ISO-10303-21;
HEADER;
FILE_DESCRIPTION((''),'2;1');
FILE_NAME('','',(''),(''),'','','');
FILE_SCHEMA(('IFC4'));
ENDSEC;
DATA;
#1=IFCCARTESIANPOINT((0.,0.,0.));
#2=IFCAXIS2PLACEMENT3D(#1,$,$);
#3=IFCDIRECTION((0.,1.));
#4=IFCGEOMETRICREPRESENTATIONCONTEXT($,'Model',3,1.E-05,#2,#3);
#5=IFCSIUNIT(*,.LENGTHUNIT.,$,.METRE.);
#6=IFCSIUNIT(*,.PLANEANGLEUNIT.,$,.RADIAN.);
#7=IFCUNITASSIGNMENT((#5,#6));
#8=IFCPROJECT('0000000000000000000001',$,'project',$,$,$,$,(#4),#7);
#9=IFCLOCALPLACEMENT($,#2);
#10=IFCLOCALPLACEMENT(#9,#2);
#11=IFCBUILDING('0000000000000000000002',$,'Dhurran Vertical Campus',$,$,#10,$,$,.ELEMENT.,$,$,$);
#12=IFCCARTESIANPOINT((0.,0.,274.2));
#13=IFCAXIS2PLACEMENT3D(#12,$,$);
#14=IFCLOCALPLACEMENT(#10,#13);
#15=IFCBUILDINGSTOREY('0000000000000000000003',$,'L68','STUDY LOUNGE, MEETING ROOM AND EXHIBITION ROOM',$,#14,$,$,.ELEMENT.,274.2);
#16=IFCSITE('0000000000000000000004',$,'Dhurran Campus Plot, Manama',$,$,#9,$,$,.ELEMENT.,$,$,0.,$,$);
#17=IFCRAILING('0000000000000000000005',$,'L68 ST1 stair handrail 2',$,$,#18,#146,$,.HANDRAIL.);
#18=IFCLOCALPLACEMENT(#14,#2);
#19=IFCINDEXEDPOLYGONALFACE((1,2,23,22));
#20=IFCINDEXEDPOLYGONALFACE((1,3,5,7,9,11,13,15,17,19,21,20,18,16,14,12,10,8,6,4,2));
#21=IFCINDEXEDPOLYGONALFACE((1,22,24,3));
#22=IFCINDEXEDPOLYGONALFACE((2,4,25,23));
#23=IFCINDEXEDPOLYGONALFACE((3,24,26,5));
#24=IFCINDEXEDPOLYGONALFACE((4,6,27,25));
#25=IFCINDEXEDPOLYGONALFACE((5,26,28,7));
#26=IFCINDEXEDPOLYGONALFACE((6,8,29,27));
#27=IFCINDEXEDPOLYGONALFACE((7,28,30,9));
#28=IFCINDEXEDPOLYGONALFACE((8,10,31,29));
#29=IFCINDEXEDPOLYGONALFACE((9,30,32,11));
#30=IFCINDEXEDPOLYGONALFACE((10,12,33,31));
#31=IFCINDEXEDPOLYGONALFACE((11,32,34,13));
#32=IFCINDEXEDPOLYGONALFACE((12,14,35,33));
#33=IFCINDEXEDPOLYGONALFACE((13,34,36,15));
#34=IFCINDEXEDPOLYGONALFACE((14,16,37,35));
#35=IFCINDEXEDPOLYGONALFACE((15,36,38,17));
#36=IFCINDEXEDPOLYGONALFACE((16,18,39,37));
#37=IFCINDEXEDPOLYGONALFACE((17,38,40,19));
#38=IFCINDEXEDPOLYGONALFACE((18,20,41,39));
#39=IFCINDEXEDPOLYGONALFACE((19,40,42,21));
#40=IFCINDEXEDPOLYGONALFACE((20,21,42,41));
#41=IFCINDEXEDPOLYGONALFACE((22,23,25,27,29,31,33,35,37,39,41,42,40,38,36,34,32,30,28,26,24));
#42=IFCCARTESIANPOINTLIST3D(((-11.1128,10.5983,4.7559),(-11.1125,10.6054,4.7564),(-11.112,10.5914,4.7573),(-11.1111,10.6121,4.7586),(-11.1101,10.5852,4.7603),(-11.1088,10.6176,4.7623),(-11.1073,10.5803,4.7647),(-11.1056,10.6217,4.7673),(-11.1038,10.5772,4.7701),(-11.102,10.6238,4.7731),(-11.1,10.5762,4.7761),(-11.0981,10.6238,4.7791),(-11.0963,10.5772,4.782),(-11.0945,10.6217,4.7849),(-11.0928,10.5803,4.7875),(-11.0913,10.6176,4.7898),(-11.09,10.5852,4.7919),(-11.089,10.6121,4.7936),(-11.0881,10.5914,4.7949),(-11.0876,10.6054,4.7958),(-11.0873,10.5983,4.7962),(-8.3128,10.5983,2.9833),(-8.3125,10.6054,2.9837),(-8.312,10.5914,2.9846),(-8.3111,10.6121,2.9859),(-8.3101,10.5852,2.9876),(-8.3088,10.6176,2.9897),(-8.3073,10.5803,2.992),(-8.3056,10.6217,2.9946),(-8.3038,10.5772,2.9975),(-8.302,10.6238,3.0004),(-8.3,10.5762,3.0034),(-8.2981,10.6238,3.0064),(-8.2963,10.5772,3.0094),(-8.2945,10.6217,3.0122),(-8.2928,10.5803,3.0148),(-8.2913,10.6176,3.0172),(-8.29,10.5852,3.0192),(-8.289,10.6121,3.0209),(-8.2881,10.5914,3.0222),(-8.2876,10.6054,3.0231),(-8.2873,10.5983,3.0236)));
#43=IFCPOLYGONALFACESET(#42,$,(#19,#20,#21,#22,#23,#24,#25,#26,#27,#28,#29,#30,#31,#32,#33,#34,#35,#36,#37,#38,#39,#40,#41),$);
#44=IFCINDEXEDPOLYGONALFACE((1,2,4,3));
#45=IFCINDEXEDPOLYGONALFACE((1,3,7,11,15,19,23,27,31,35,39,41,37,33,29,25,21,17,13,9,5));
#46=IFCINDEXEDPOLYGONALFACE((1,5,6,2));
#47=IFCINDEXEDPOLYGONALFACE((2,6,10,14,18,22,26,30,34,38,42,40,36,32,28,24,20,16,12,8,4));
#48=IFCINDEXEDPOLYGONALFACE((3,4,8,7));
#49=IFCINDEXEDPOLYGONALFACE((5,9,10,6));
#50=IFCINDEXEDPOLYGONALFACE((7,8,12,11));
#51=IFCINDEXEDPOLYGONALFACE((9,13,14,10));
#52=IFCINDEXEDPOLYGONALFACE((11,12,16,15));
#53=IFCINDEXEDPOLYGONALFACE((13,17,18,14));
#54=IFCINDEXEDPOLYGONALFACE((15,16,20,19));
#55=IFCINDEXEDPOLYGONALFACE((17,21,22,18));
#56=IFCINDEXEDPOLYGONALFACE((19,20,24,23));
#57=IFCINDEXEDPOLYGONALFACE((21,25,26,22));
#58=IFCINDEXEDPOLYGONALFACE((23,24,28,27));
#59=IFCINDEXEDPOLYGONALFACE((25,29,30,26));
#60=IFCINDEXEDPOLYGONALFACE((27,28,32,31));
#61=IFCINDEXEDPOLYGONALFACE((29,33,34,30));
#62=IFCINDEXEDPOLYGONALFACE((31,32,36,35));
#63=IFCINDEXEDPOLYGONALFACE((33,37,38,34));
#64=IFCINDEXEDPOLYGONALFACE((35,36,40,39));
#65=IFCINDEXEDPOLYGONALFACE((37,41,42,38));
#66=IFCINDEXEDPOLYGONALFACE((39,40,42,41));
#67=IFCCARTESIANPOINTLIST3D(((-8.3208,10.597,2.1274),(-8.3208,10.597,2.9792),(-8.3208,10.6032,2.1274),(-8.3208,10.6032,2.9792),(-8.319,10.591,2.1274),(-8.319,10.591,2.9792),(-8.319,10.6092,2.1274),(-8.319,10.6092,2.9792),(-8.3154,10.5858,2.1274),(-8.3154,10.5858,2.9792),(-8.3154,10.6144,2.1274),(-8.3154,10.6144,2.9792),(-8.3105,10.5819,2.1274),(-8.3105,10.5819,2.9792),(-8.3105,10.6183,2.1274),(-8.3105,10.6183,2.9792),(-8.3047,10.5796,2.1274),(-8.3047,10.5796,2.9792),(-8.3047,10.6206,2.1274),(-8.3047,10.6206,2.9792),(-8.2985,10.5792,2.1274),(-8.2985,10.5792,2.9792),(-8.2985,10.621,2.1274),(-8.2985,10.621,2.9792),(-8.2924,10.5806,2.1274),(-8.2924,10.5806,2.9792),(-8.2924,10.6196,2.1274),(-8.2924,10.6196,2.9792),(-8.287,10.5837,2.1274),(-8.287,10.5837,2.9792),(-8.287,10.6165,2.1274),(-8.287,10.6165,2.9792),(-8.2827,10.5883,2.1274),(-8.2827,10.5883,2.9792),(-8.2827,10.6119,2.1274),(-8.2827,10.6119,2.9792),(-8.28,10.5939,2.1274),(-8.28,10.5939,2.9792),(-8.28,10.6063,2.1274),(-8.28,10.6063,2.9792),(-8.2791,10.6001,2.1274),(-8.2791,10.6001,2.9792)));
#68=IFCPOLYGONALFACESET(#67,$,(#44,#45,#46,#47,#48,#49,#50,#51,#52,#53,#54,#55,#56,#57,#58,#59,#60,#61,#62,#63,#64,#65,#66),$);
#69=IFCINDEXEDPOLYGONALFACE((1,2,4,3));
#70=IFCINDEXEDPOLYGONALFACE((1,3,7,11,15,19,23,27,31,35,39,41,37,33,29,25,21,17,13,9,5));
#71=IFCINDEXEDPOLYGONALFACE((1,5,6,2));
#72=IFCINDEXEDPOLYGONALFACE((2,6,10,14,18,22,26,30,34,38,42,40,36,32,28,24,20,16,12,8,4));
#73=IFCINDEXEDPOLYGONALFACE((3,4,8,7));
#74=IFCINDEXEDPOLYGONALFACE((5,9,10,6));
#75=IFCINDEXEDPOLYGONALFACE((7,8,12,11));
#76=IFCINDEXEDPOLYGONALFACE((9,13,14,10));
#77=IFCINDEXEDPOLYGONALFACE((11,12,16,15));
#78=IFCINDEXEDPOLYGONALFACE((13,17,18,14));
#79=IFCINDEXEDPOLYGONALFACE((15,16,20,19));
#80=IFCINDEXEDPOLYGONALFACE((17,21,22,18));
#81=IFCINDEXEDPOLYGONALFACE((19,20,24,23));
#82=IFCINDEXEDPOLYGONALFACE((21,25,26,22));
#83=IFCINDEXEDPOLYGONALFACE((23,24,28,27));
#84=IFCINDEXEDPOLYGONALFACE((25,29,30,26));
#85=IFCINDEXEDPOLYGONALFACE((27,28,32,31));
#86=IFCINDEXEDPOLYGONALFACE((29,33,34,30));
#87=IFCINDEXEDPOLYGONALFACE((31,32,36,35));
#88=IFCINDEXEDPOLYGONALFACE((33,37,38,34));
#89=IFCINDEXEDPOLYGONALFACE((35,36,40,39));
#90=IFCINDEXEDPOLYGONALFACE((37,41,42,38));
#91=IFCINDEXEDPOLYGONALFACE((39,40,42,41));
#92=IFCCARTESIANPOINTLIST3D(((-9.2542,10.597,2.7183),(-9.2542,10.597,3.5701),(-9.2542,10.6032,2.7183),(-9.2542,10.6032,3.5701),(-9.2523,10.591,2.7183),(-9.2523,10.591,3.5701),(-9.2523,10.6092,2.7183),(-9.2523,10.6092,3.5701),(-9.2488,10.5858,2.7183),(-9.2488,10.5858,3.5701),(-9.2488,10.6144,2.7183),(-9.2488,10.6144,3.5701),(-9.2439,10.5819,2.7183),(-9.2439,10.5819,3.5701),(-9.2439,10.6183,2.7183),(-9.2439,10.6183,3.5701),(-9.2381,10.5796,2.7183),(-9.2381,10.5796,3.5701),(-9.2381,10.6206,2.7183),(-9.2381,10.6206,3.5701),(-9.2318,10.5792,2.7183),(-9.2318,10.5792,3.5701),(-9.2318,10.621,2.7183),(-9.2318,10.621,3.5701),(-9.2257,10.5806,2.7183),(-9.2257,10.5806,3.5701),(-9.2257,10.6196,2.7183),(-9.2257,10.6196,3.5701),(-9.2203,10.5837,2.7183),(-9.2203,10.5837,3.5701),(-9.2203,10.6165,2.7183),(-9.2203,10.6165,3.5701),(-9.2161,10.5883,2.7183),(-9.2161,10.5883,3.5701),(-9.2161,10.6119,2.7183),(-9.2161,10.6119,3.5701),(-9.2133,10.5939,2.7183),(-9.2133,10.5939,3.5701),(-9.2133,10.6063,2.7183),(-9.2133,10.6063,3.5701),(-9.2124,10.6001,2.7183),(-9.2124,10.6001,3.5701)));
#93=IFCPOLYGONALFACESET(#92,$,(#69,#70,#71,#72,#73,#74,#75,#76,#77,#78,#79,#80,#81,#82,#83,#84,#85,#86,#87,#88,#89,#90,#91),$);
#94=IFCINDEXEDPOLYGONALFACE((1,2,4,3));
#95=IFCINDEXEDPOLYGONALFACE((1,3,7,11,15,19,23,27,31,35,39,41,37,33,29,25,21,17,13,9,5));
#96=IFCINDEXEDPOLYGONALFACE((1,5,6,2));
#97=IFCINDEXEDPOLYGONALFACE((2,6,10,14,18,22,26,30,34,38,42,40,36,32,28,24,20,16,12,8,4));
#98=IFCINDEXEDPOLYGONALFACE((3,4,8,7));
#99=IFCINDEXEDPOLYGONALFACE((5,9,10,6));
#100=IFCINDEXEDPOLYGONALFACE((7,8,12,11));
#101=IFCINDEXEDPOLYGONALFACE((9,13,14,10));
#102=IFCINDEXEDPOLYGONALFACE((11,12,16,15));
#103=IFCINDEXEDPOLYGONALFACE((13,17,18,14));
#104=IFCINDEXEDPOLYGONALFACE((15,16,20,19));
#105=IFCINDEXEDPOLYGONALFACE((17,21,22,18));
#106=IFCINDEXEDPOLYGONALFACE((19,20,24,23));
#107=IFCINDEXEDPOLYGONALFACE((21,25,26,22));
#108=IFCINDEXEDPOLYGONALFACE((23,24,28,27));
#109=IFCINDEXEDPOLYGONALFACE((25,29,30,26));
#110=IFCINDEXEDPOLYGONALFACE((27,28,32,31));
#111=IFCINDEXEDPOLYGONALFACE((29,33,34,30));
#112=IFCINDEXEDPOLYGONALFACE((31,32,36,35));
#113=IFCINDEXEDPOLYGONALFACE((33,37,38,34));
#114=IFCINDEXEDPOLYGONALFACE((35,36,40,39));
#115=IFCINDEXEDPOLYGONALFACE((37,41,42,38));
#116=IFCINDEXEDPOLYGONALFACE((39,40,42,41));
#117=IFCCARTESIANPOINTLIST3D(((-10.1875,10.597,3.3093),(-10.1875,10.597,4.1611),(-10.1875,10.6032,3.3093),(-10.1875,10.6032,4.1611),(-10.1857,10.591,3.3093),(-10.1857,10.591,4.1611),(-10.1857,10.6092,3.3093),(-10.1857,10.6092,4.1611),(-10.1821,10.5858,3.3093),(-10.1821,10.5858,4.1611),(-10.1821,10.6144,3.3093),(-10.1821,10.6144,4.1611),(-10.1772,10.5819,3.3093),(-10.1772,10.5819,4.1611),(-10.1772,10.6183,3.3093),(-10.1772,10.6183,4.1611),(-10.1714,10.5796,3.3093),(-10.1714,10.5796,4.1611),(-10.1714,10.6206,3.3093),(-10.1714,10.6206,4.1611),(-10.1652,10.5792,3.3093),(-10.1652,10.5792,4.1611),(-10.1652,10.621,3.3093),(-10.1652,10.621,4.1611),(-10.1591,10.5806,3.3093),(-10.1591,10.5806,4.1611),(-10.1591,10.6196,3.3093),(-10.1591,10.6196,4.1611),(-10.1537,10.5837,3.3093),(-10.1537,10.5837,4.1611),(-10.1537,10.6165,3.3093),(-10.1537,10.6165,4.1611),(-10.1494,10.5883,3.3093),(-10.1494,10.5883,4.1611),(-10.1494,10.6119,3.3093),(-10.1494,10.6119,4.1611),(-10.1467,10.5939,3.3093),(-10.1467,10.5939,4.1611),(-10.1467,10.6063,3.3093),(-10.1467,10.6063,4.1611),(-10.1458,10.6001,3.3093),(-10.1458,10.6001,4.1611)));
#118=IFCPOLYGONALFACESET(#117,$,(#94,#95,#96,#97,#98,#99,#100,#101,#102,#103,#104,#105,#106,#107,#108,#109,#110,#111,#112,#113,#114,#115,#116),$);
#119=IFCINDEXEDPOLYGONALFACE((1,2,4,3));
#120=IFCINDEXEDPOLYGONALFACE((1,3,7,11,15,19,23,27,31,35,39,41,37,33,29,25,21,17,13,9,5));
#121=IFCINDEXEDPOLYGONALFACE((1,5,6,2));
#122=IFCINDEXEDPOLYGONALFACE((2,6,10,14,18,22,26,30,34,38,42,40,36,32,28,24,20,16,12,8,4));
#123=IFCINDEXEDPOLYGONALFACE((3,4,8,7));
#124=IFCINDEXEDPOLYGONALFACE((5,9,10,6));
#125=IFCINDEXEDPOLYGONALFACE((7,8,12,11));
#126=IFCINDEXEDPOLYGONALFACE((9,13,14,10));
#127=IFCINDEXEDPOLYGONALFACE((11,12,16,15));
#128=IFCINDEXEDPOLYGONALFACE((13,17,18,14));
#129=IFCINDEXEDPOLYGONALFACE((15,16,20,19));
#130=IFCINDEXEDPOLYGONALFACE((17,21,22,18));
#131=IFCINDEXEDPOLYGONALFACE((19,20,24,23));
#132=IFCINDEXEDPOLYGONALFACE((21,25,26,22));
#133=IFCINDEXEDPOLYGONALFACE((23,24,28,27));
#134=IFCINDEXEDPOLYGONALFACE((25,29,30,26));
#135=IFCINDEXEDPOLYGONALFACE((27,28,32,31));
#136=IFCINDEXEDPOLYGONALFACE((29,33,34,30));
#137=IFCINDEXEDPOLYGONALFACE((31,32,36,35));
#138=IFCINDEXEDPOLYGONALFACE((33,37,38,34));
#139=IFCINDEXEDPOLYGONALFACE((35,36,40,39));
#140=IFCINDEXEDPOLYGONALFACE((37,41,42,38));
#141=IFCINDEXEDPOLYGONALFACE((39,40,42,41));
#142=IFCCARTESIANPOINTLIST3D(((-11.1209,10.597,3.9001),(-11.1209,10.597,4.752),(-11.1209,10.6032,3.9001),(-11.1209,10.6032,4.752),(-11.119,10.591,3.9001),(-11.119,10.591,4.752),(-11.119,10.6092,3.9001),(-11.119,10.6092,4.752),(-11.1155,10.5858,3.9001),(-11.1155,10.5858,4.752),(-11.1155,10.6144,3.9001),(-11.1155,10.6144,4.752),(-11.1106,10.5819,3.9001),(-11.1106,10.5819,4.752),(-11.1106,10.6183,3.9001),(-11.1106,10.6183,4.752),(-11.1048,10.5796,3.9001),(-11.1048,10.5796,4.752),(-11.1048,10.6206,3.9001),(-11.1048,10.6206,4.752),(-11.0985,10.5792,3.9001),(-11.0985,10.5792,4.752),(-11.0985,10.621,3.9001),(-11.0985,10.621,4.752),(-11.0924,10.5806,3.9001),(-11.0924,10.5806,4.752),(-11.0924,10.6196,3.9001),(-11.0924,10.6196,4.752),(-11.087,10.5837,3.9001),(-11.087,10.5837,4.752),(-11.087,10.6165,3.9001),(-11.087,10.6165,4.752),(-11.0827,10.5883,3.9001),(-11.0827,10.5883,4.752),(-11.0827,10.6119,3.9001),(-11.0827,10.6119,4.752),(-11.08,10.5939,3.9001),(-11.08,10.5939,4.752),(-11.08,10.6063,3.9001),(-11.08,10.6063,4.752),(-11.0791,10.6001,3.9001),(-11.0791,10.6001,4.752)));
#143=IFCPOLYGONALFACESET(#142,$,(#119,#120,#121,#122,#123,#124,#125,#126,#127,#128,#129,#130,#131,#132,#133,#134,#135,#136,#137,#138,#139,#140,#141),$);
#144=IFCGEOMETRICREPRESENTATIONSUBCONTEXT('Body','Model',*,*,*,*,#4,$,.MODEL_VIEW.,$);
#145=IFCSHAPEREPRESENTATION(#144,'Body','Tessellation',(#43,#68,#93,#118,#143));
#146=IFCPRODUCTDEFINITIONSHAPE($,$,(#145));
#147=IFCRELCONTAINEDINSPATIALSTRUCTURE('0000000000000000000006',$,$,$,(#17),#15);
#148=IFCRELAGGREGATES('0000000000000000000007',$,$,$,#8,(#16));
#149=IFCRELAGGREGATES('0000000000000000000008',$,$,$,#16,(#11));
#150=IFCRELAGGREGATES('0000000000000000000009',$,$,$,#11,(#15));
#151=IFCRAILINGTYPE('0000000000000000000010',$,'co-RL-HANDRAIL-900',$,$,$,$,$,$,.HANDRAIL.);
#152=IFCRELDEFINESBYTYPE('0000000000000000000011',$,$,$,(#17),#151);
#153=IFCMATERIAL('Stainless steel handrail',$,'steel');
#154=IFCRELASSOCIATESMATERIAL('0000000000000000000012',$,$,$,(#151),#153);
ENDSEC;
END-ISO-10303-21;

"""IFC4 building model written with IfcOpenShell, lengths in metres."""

from ifc_helpers import new_model, si_unit, direction, frame, origin, origin_2d, place, context, subcontext, project, spatial, circle, extrude, material, type_object, element, save


model = new_model("IFC4")

# Units and contexts
model_context = context("Model", 3, precision=1e-05, world=origin(), true_north=direction((0.0, 1.0)))
body_context = subcontext(model_context, "Body", "Model", "MODEL_VIEW")
ifc_project = project(units=[si_unit("LENGTHUNIT", "METRE"), si_unit("PLANEANGLEUNIT", "RADIAN")], contexts=[model_context])

# Site, building, storey
site_placement = place(None, origin())
site = spatial("IfcSite", under=ifc_project, at=site_placement, Name="Dhurran Campus Plot, Manama", CompositionType="ELEMENT", RefElevation=0.0)
building_placement = place(site_placement, origin())
building = spatial("IfcBuilding", under=site, at=building_placement, Name="Dhurran Vertical Campus", CompositionType="ELEMENT")
storey_placement = place(building_placement, frame((0.0, 0.0, 274.2)))
storey = spatial("IfcBuildingStorey", under=building, at=storey_placement, Name="L68", Description="STUDY LOUNGE, MEETING ROOM AND EXHIBITION ROOM", CompositionType="ELEMENT", Elevation=274.2)

# Railing
ifc_material_1 = material(Name="Stainless steel handrail", Category="steel")
railing_type_1 = type_object("IfcRailingType", Name="co-RL-HANDRAIL-900", PredefinedType="HANDRAIL", material=ifc_material_1)
railing_1_placement = place(storey_placement, frame((-8.3, 10.6001, 2.1274)))
element("IfcRailing", 1, at=railing_1_placement, inside=storey, type_object=railing_type_1, Name="L68 ST1 stair handrail 2", PredefinedType="HANDRAIL", context=body_context, shape_type="SweptSolid", body=[
    extrude(circle(Radius=0.0239, at=origin_2d()), frame((0.0, 0.0, 0.876), z_axis=(-0.844909, 0.0, 0.53491), x_axis=(0.0, -1.0, 0.0)), (0.0, 0.0, 1.0), 3.314),
    extrude(circle(Radius=0.021, at=origin_2d()), origin(), (0.0, 0.0, 1.0), 0.8518),
    extrude(circle(Radius=0.021, at=origin_2d()), frame((-0.9333, 0.0, 0.5908)), (0.0, 0.0, 1.0), 0.8518),
    extrude(circle(Radius=0.021, at=origin_2d()), frame((-1.8667, 0.0, 1.1819)), (0.0, 0.0, 1.0), 0.8518),
    extrude(circle(Radius=0.021, at=origin_2d()), frame((-2.8, 0.0, 1.7727)), (0.0, 0.0, 1.0), 0.8518),
])

save(model, "model.ifc")
